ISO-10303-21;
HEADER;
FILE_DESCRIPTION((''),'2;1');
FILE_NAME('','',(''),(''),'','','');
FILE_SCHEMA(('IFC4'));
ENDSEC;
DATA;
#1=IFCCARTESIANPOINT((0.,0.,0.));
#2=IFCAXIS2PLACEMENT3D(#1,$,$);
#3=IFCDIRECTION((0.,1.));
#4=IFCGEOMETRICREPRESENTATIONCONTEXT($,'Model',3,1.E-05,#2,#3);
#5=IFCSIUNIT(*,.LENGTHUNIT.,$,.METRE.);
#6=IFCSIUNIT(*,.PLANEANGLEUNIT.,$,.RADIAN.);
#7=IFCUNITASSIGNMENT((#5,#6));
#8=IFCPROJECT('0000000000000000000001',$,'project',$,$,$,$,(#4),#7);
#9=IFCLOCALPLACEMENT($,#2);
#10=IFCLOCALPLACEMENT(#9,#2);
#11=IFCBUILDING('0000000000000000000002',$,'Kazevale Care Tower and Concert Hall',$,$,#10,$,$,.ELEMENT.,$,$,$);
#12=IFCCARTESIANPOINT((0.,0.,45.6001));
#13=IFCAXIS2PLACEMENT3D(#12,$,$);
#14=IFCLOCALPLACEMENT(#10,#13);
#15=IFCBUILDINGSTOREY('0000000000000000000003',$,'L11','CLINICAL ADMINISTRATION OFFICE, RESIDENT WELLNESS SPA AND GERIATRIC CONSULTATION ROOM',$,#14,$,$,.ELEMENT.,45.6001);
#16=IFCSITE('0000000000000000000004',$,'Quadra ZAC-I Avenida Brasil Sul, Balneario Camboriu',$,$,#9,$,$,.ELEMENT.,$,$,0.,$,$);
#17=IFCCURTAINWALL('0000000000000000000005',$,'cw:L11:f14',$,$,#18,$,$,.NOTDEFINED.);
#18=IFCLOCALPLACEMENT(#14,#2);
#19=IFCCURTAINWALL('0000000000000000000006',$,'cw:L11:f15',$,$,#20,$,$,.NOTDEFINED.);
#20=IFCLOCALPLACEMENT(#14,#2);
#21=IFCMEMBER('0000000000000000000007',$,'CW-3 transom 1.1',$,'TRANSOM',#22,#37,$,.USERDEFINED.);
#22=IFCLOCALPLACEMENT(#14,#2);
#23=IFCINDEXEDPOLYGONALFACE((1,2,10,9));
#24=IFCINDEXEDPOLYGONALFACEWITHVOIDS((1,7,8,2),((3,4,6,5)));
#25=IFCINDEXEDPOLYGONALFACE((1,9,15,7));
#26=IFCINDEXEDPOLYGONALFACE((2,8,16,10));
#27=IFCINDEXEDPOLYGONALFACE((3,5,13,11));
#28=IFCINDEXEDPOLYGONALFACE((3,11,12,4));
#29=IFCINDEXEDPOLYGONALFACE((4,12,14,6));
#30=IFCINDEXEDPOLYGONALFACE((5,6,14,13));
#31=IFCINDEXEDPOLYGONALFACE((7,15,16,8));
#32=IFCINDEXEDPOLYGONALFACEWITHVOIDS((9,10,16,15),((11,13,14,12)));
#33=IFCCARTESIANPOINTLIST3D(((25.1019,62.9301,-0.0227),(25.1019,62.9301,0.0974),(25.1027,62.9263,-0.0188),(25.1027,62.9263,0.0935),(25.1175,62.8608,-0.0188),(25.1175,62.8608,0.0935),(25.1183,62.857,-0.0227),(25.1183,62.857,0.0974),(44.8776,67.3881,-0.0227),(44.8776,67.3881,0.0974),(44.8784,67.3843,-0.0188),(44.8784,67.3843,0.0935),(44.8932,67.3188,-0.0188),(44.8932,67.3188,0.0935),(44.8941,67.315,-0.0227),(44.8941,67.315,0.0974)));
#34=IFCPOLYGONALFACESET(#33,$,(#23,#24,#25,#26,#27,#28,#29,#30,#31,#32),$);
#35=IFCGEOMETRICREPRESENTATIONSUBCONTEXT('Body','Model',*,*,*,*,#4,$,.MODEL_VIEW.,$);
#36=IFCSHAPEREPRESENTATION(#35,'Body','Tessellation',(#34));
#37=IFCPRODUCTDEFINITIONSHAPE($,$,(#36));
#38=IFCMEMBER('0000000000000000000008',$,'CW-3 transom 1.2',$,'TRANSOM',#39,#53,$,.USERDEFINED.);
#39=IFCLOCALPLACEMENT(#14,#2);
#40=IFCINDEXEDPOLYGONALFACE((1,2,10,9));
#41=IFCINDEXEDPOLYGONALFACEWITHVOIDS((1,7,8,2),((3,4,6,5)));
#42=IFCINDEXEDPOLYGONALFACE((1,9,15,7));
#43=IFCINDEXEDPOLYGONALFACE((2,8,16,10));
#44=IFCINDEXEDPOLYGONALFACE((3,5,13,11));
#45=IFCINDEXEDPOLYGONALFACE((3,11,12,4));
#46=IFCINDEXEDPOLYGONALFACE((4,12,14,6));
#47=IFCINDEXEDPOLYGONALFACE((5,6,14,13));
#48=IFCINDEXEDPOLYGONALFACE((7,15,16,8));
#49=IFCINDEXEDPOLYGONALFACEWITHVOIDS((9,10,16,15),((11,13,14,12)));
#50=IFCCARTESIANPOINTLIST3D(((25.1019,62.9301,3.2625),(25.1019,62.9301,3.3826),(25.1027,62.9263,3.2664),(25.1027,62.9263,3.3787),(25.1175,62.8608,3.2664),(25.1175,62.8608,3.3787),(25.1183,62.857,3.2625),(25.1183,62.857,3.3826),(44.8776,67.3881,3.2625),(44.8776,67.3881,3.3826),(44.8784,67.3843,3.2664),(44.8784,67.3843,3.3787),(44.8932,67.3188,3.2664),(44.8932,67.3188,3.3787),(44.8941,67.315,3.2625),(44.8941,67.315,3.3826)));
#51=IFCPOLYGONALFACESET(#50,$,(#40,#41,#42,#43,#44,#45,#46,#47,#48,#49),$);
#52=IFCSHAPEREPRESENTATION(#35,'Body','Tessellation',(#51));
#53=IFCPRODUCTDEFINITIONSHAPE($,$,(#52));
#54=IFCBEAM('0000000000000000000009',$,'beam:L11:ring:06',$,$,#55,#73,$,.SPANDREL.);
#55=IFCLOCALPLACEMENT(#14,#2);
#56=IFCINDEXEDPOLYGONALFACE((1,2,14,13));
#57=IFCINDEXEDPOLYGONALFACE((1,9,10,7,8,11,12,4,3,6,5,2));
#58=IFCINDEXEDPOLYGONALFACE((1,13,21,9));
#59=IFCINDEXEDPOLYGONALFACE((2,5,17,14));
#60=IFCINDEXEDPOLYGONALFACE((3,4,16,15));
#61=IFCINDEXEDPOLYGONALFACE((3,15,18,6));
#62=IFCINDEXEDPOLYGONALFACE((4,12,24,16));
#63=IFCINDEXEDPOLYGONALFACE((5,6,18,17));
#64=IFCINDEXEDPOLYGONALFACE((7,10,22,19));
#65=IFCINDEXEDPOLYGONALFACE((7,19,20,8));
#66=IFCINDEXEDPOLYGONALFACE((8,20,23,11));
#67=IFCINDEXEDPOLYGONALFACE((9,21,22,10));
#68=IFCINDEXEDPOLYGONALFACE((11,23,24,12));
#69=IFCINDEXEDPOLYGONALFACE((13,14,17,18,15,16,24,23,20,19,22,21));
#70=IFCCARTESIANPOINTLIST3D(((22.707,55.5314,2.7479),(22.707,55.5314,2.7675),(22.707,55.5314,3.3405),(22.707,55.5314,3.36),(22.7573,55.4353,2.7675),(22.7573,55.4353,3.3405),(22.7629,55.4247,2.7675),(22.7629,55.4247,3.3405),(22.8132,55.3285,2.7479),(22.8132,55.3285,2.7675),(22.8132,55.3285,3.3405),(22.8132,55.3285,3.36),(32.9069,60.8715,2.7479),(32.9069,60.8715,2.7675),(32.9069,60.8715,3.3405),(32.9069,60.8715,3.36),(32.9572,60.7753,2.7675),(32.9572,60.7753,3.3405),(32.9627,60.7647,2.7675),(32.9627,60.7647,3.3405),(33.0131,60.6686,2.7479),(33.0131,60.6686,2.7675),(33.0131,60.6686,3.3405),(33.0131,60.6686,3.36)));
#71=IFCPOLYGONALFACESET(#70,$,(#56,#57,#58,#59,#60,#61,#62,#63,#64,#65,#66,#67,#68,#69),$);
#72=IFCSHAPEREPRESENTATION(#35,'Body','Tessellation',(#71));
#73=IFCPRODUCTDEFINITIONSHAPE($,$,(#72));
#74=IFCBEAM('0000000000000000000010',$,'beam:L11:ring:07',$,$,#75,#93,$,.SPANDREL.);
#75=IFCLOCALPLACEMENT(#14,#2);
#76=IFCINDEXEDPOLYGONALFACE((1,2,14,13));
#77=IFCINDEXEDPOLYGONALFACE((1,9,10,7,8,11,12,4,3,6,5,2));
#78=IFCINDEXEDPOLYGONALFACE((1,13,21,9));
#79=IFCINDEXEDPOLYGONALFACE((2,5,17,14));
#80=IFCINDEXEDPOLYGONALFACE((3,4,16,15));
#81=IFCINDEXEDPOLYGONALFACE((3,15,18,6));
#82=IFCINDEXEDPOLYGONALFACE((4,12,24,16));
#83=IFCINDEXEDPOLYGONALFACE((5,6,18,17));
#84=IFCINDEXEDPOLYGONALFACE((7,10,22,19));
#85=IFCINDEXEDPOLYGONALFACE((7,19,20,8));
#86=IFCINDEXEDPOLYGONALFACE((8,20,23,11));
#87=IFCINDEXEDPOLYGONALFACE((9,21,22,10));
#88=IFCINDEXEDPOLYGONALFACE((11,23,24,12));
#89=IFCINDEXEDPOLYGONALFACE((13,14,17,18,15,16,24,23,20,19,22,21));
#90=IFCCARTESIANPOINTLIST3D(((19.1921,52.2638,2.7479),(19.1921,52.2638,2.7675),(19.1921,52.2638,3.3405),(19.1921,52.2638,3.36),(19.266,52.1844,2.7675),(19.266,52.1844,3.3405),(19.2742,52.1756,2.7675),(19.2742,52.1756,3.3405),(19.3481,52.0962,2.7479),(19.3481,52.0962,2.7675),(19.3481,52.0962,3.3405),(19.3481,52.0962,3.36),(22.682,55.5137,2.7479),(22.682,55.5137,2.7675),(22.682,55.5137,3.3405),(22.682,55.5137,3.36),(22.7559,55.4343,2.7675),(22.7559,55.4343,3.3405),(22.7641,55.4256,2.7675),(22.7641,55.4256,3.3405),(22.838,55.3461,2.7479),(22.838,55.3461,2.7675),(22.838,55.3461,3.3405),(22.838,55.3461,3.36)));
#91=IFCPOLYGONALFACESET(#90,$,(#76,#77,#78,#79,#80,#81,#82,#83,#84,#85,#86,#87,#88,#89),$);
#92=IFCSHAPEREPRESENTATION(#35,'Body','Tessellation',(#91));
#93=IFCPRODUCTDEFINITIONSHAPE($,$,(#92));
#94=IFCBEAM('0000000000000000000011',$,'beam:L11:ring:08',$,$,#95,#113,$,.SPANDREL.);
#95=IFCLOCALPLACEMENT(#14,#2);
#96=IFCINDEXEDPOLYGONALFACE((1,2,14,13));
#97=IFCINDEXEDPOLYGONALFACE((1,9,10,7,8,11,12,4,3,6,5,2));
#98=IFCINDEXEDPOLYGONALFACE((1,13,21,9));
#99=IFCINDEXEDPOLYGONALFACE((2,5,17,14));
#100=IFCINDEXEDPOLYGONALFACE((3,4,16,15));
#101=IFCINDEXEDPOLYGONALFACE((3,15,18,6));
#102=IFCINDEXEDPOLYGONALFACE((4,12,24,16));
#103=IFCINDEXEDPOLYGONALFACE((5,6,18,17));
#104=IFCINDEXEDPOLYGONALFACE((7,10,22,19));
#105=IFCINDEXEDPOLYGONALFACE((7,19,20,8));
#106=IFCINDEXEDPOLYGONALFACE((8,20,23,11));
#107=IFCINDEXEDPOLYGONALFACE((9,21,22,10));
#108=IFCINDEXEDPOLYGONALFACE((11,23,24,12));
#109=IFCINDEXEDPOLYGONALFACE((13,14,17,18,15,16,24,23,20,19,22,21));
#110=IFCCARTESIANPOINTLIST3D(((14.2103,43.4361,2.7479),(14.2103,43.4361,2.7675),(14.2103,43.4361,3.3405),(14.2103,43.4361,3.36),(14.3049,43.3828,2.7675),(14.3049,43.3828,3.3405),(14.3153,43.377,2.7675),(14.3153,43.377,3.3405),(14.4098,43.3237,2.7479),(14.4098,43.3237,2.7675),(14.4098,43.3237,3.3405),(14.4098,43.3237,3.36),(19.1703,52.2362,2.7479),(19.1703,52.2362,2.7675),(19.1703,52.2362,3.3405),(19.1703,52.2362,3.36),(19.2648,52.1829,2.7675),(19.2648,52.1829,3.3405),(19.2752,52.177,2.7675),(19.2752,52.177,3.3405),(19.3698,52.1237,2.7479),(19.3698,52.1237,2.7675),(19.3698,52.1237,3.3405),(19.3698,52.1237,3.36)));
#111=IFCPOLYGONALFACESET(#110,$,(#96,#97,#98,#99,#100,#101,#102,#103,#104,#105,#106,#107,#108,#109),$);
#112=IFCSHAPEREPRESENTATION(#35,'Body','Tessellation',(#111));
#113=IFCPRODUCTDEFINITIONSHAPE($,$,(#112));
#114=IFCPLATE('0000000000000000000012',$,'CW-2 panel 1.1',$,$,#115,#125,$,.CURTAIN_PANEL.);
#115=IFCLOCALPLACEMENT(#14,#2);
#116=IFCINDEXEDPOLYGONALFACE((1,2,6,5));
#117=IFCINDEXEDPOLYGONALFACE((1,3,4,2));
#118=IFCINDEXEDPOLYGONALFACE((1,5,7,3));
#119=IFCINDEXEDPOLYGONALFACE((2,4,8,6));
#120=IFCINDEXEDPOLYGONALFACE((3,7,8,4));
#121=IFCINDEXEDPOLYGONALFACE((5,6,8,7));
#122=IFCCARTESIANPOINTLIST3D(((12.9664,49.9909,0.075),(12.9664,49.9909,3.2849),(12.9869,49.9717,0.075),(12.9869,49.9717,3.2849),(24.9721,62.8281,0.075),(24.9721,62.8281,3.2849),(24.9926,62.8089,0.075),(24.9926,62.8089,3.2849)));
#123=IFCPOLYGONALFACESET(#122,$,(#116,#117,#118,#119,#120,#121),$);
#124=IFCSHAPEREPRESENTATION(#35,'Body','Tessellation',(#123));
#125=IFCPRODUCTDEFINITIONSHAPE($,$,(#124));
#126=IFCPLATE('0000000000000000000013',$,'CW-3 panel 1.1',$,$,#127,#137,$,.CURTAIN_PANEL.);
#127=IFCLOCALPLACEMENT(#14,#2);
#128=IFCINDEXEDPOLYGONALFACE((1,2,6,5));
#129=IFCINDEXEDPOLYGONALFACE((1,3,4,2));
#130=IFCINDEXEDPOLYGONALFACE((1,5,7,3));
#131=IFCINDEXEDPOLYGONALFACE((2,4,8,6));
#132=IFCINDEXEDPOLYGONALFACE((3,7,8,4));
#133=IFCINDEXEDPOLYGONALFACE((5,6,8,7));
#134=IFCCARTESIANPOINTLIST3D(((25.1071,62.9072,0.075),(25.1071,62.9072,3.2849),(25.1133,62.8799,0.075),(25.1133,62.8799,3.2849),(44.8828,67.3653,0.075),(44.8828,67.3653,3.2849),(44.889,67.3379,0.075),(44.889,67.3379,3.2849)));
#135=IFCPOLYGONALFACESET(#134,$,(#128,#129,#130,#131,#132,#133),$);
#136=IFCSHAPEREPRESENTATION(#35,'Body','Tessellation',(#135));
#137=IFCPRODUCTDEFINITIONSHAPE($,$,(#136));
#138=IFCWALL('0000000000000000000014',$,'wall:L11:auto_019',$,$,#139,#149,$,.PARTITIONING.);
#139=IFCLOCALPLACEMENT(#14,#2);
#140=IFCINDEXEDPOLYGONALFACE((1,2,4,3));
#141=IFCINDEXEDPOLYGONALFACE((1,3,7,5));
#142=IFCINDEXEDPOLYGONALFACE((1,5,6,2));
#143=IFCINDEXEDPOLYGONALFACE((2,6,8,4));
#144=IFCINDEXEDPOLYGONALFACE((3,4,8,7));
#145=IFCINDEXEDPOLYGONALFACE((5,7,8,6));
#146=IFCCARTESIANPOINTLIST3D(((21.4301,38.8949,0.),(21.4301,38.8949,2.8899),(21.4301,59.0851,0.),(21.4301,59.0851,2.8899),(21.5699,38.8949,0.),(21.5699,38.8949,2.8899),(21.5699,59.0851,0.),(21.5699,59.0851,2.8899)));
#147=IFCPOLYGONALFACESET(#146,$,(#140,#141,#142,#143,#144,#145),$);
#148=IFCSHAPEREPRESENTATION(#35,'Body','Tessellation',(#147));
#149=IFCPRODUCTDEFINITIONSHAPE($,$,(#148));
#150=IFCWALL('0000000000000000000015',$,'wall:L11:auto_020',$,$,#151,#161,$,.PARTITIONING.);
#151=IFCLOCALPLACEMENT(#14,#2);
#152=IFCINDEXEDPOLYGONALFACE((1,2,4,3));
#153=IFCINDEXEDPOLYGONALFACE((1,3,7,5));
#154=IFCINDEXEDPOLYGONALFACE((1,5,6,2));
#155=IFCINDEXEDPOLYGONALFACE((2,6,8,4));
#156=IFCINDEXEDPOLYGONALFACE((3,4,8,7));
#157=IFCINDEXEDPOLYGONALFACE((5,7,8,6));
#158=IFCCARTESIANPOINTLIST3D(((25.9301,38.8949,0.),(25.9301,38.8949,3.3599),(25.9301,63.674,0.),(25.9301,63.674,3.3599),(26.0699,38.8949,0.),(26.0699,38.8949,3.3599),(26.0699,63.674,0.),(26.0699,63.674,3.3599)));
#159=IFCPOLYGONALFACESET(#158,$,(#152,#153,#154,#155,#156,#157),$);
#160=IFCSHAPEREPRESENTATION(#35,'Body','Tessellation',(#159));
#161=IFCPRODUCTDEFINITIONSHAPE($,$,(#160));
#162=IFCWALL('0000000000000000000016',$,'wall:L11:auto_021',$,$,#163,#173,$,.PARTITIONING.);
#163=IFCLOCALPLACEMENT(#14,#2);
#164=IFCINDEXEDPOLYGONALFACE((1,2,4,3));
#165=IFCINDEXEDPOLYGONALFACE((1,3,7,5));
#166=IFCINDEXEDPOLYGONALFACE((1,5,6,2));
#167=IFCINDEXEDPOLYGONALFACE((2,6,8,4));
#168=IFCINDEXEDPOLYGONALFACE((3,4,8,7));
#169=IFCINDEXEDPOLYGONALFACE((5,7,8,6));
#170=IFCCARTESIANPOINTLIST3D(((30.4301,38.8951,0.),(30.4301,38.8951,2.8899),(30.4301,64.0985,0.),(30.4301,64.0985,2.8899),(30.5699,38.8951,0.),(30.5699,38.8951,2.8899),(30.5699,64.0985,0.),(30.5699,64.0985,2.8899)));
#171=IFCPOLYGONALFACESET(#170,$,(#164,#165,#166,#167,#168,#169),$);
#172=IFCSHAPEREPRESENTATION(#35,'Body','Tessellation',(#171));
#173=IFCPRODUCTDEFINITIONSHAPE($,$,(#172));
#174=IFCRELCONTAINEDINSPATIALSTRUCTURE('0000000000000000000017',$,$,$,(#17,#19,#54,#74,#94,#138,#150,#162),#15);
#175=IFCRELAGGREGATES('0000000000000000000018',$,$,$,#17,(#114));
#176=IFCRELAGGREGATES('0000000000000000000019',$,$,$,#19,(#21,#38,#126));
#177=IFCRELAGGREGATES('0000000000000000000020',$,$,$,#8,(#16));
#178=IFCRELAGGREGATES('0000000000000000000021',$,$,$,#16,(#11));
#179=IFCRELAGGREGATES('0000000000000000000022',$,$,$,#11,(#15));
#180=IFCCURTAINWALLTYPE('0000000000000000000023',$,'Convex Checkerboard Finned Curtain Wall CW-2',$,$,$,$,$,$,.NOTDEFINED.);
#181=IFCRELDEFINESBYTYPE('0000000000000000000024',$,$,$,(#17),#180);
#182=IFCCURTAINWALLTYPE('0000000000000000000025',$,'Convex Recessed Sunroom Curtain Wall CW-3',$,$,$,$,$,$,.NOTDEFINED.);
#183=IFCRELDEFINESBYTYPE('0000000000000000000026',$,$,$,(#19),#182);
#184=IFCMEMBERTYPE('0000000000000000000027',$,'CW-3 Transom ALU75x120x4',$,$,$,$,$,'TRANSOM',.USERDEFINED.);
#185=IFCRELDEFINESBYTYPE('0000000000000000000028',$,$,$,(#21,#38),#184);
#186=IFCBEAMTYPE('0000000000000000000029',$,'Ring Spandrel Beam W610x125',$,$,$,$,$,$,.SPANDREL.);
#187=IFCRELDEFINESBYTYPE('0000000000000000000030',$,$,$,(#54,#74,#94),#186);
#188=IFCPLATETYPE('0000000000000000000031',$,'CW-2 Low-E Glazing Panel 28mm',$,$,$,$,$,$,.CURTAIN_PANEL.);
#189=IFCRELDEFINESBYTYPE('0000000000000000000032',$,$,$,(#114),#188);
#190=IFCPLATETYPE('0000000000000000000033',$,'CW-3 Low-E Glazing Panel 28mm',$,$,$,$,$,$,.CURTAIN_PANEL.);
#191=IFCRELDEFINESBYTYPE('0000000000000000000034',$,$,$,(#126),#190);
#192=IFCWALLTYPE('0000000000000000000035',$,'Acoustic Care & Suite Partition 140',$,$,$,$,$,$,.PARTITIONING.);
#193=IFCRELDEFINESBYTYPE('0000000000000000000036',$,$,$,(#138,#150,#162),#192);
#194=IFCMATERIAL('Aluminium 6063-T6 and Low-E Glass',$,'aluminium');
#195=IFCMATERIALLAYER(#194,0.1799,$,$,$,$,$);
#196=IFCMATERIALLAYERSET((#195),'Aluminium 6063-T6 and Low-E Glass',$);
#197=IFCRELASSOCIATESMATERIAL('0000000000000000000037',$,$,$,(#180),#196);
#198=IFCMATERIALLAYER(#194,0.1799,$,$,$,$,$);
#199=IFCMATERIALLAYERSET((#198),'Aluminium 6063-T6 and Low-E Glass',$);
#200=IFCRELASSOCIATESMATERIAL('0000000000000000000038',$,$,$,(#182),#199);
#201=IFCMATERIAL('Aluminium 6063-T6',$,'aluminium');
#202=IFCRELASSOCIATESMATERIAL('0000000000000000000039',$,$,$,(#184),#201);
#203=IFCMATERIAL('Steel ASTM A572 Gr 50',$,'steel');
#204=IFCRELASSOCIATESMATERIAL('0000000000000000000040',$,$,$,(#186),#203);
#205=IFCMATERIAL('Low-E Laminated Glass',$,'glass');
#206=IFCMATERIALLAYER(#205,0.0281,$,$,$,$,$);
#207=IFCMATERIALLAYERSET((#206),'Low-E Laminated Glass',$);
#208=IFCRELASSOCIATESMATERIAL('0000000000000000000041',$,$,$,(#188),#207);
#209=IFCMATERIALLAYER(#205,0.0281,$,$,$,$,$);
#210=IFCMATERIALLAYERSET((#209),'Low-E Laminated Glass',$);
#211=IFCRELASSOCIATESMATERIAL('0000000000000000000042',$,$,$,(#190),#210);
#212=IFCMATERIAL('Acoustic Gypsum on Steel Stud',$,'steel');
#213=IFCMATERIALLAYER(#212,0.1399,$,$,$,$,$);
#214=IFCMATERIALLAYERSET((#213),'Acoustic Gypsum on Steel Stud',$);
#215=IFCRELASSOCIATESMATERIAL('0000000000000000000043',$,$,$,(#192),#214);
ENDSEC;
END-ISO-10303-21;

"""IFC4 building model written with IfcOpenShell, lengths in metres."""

from ifc_helpers import new_model, si_unit, direction, frame, frame_2d, origin, origin_2d, place, context, subcontext, project, spatial, rectangle, hollow_rectangle, i_section, extrude, material, layer, layer_set, material_profile, profile_set, type_object, element, aggregate, save


model = new_model("IFC4")

# Units and contexts
model_context = context("Model", 3, precision=1e-05, world=origin(), true_north=direction((0.0, 1.0)))
body_context = subcontext(model_context, "Body", "Model", "MODEL_VIEW")
ifc_project = project(units=[si_unit("LENGTHUNIT", "METRE"), si_unit("PLANEANGLEUNIT", "RADIAN")], contexts=[model_context])

# Site, building, storey
site_placement = place(None, origin())
site = spatial("IfcSite", under=ifc_project, at=site_placement, Name="Quadra ZAC-I Avenida Brasil Sul, Balneario Camboriu", CompositionType="ELEMENT", RefElevation=0.0)
building_placement = place(site_placement, origin())
building = spatial("IfcBuilding", under=site, at=building_placement, Name="Kazevale Care Tower and Concert Hall", CompositionType="ELEMENT")
storey_placement = place(building_placement, frame((0.0, 0.0, 45.6001)))
storey = spatial("IfcBuildingStorey", under=building, at=storey_placement, Name="L11", Description="CLINICAL ADMINISTRATION OFFICE, RESIDENT WELLNESS SPA AND GERIATRIC CONSULTATION ROOM", CompositionType="ELEMENT", Elevation=45.6001)

# Curtain wall
ifc_material_1 = material(Name="Aluminium 6063-T6 and Low-E Glass", Category="aluminium")
ifc_layer_1 = layer(ifc_material_1, 0.1799)
ifc_layer_set_1 = layer_set([ifc_layer_1], Name="Aluminium 6063-T6 and Low-E Glass")
curtain_wall_type_1 = type_object("IfcCurtainWallType", Name="Convex Checkerboard Finned Curtain Wall CW-2", PredefinedType="NOTDEFINED", material=ifc_layer_set_1)
curtain_wall_1_placement = place(storey_placement, origin())
curtain_wall_1 = element("IfcCurtainWall", 1, at=curtain_wall_1_placement, inside=storey, type_object=curtain_wall_type_1, Name="cw:L11:f14", PredefinedType="NOTDEFINED")
ifc_material_2 = material(Name="Aluminium 6063-T6", Category="aluminium")

# Curtain wall, members
ifc_layer_2 = layer(ifc_material_1, 0.1799)
ifc_layer_set_2 = layer_set([ifc_layer_2], Name="Aluminium 6063-T6 and Low-E Glass")
curtain_wall_type_2 = type_object("IfcCurtainWallType", Name="Convex Recessed Sunroom Curtain Wall CW-3", PredefinedType="NOTDEFINED", material=ifc_layer_set_2)
curtain_wall_2_placement = place(storey_placement, origin())
curtain_wall_2 = element("IfcCurtainWall", 2, at=curtain_wall_2_placement, inside=storey, type_object=curtain_wall_type_2, Name="cw:L11:f15", PredefinedType="NOTDEFINED")
ifc_material_profile_1 = material_profile(ifc_material_2, hollow_rectangle(XDim=0.075, YDim=0.1201, WallThickness=0.0039, at=origin_2d()), Name="ALU75x120x4")
ifc_profile_set_1 = profile_set([ifc_material_profile_1], Name="Aluminium 6063-T6")
member_type_1 = type_object("IfcMemberType", Name="CW-3 Transom ALU75x120x4", ElementType="TRANSOM", PredefinedType="USERDEFINED", material=ifc_profile_set_1)
member_1_placement = place(storey_placement, frame((25.1101, 62.8936, 0.0374), z_axis=(0.97552, 0.219911, 0.0), x_axis=(-0.219911, 0.97552, 0.0)))
member_1 = element("IfcMember", 3, at=member_1_placement, type_object=member_type_1, Name="CW-3 transom 1.1", ObjectType="TRANSOM", PredefinedType="USERDEFINED", context=body_context, shape_type="SweptSolid", body=[
    extrude(hollow_rectangle(XDim=0.075, YDim=0.1201, WallThickness=0.0039, at=origin_2d()), origin(), (0.0, 0.0, 1.0), 20.272),
])
member_2_placement = place(storey_placement, frame((25.1101, 62.8936, 3.3225), z_axis=(0.97552, 0.219911, 0.0), x_axis=(-0.219911, 0.97552, 0.0)))
member_2 = element("IfcMember", 4, at=member_2_placement, type_object=member_type_1, Name="CW-3 transom 1.2", ObjectType="TRANSOM", PredefinedType="USERDEFINED", context=body_context, shape_type="SweptSolid", body=[
    extrude(hollow_rectangle(XDim=0.075, YDim=0.1201, WallThickness=0.0039, at=origin_2d()), origin(), (0.0, 0.0, 1.0), 20.272),
])

# Beams
ifc_material_3 = material(Name="Steel ASTM A572 Gr 50", Category="steel")
ifc_material_profile_2 = material_profile(ifc_material_3, i_section(OverallWidth=0.229, OverallDepth=0.6121, WebThickness=0.012, FlangeThickness=0.0195, at=origin_2d()), Name="W610x125")
ifc_profile_set_2 = profile_set([ifc_material_profile_2], Name="Steel ASTM A572 Gr 50")
beam_type = type_object("IfcBeamType", Name="Ring Spandrel Beam W610x125", PredefinedType="SPANDREL", material=ifc_profile_set_2)
beam_1_placement = place(storey_placement, frame((32.96, 60.77, 3.054), z_axis=(-0.885929, -0.46382, 0.0), x_axis=(0.46382, -0.885929, 0.0)))
element("IfcBeam", 5, at=beam_1_placement, inside=storey, type_object=beam_type, Name="beam:L11:ring:06", PredefinedType="SPANDREL", context=body_context, shape_type="SweptSolid", body=[
    extrude(i_section(OverallWidth=0.229, OverallDepth=0.6121, WebThickness=0.012, FlangeThickness=0.0195, at=origin_2d()), origin(), (0.0, 0.0, 1.0), 11.5132),
])
beam_2_placement = place(storey_placement, frame((22.76, 55.4299, 3.054), z_axis=(-0.731821, -0.681497, 0.0), x_axis=(0.681497, -0.731821, 0.0)))
element("IfcBeam", 6, at=beam_2_placement, inside=storey, type_object=beam_type, Name="beam:L11:ring:07", PredefinedType="SPANDREL", context=body_context, shape_type="SweptSolid", body=[
    extrude(i_section(OverallWidth=0.229, OverallDepth=0.6121, WebThickness=0.012, FlangeThickness=0.0195, at=origin_2d()), origin(), (0.0, 0.0, 1.0), 4.7688),
])
beam_3_placement = place(storey_placement, frame((19.27, 52.1799, 3.054), z_axis=(-0.491008, -0.871155, 0.0), x_axis=(0.871155, -0.491008, 0.0)))
element("IfcBeam", 7, at=beam_3_placement, inside=storey, type_object=beam_type, Name="beam:L11:ring:08", PredefinedType="SPANDREL", context=body_context, shape_type="SweptSolid", body=[
    extrude(i_section(OverallWidth=0.229, OverallDepth=0.6121, WebThickness=0.012, FlangeThickness=0.0195, at=origin_2d()), origin(), (0.0, 0.0, 1.0), 10.1016),
])

# Plates
ifc_material_4 = material(Name="Low-E Laminated Glass", Category="glass")
ifc_layer_3 = layer(ifc_material_4, 0.0281)
ifc_layer_set_3 = layer_set([ifc_layer_3], Name="Low-E Laminated Glass")
plate_type_1 = type_object("IfcPlateType", Name="CW-2 Low-E Glazing Panel 28mm", PredefinedType="CURTAIN_PANEL", material=ifc_layer_set_3)
plate_1_placement = place(storey_placement, frame((18.9795, 56.3999, 0.075), z_axis=(0.0, 0.0, 1.0), x_axis=(0.683059, 0.730363, 0.0)))
plate_1 = element("IfcPlate", 8, at=plate_1_placement, type_object=plate_type_1, Name="CW-2 panel 1.1", PredefinedType="CURTAIN_PANEL", context=body_context, shape_type="SweptSolid", body=[
    extrude(rectangle(XDim=17.5764, YDim=0.0281, at=origin_2d()), origin(), (0.0, 0.0, 1.0), 3.21),
])
aggregate(curtain_wall_1, [plate_1])
ifc_layer_4 = layer(ifc_material_4, 0.0281)
ifc_layer_set_4 = layer_set([ifc_layer_4], Name="Low-E Laminated Glass")
plate_type_2 = type_object("IfcPlateType", Name="CW-3 Low-E Glazing Panel 28mm", PredefinedType="CURTAIN_PANEL", material=ifc_layer_set_4)
plate_2_placement = place(storey_placement, frame((34.998, 65.1226, 0.075), z_axis=(0.0, 0.0, 1.0), x_axis=(0.97552, 0.219911, 0.0)))
plate_2 = element("IfcPlate", 9, at=plate_2_placement, type_object=plate_type_2, Name="CW-3 panel 1.1", PredefinedType="CURTAIN_PANEL", context=body_context, shape_type="SweptSolid", body=[
    extrude(rectangle(XDim=20.272, YDim=0.0281, at=origin_2d()), origin(), (0.0, 0.0, 1.0), 3.21),
])
aggregate(curtain_wall_2, [member_1, member_2, plate_2])

# Walls
ifc_material_5 = material(Name="Acoustic Gypsum on Steel Stud", Category="steel")
ifc_layer_5 = layer(ifc_material_5, 0.1399)
ifc_layer_set_5 = layer_set([ifc_layer_5], Name="Acoustic Gypsum on Steel Stud")
wall_type = type_object("IfcWallType", Name="Acoustic Care & Suite Partition 140", PredefinedType="PARTITIONING", material=ifc_layer_set_5)
wall_1_placement = place(storey_placement, frame((21.5, 59.0852, 0.0), z_axis=(0.0, 0.0, 1.0), x_axis=(0.0, -1.0, 0.0)))
element("IfcWall", 10, at=wall_1_placement, inside=storey, type_object=wall_type, Name="wall:L11:auto_019", PredefinedType="PARTITIONING", context=body_context, shape_type="SweptSolid", body=[
    extrude(rectangle(XDim=20.1902, YDim=0.1399, at=frame_2d((10.0952, 0.0))), origin(), (0.0, 0.0, 1.0), 2.8899),
])
wall_2_placement = place(storey_placement, frame((26.0, 63.6741, 0.0), z_axis=(0.0, 0.0, 1.0), x_axis=(0.0, -1.0, 0.0)))
element("IfcWall", 11, at=wall_2_placement, inside=storey, type_object=wall_type, Name="wall:L11:auto_020", PredefinedType="PARTITIONING", context=body_context, shape_type="SweptSolid", body=[
    extrude(rectangle(XDim=24.7791, YDim=0.1399, at=frame_2d((12.3896, 0.0))), origin(), (0.0, 0.0, 1.0), 3.3599),
])
wall_3_placement = place(storey_placement, frame((30.5, 64.0984, 0.0), z_axis=(0.0, 0.0, 1.0), x_axis=(0.0, -1.0, 0.0)))
element("IfcWall", 12, at=wall_3_placement, inside=storey, type_object=wall_type, Name="wall:L11:auto_021", PredefinedType="PARTITIONING", context=body_context, shape_type="SweptSolid", body=[
    extrude(rectangle(XDim=25.2034, YDim=0.1399, at=frame_2d((12.6016, 0.0))), origin(), (0.0, 0.0, 1.0), 2.8899),
])

save(model, "model.ifc")
